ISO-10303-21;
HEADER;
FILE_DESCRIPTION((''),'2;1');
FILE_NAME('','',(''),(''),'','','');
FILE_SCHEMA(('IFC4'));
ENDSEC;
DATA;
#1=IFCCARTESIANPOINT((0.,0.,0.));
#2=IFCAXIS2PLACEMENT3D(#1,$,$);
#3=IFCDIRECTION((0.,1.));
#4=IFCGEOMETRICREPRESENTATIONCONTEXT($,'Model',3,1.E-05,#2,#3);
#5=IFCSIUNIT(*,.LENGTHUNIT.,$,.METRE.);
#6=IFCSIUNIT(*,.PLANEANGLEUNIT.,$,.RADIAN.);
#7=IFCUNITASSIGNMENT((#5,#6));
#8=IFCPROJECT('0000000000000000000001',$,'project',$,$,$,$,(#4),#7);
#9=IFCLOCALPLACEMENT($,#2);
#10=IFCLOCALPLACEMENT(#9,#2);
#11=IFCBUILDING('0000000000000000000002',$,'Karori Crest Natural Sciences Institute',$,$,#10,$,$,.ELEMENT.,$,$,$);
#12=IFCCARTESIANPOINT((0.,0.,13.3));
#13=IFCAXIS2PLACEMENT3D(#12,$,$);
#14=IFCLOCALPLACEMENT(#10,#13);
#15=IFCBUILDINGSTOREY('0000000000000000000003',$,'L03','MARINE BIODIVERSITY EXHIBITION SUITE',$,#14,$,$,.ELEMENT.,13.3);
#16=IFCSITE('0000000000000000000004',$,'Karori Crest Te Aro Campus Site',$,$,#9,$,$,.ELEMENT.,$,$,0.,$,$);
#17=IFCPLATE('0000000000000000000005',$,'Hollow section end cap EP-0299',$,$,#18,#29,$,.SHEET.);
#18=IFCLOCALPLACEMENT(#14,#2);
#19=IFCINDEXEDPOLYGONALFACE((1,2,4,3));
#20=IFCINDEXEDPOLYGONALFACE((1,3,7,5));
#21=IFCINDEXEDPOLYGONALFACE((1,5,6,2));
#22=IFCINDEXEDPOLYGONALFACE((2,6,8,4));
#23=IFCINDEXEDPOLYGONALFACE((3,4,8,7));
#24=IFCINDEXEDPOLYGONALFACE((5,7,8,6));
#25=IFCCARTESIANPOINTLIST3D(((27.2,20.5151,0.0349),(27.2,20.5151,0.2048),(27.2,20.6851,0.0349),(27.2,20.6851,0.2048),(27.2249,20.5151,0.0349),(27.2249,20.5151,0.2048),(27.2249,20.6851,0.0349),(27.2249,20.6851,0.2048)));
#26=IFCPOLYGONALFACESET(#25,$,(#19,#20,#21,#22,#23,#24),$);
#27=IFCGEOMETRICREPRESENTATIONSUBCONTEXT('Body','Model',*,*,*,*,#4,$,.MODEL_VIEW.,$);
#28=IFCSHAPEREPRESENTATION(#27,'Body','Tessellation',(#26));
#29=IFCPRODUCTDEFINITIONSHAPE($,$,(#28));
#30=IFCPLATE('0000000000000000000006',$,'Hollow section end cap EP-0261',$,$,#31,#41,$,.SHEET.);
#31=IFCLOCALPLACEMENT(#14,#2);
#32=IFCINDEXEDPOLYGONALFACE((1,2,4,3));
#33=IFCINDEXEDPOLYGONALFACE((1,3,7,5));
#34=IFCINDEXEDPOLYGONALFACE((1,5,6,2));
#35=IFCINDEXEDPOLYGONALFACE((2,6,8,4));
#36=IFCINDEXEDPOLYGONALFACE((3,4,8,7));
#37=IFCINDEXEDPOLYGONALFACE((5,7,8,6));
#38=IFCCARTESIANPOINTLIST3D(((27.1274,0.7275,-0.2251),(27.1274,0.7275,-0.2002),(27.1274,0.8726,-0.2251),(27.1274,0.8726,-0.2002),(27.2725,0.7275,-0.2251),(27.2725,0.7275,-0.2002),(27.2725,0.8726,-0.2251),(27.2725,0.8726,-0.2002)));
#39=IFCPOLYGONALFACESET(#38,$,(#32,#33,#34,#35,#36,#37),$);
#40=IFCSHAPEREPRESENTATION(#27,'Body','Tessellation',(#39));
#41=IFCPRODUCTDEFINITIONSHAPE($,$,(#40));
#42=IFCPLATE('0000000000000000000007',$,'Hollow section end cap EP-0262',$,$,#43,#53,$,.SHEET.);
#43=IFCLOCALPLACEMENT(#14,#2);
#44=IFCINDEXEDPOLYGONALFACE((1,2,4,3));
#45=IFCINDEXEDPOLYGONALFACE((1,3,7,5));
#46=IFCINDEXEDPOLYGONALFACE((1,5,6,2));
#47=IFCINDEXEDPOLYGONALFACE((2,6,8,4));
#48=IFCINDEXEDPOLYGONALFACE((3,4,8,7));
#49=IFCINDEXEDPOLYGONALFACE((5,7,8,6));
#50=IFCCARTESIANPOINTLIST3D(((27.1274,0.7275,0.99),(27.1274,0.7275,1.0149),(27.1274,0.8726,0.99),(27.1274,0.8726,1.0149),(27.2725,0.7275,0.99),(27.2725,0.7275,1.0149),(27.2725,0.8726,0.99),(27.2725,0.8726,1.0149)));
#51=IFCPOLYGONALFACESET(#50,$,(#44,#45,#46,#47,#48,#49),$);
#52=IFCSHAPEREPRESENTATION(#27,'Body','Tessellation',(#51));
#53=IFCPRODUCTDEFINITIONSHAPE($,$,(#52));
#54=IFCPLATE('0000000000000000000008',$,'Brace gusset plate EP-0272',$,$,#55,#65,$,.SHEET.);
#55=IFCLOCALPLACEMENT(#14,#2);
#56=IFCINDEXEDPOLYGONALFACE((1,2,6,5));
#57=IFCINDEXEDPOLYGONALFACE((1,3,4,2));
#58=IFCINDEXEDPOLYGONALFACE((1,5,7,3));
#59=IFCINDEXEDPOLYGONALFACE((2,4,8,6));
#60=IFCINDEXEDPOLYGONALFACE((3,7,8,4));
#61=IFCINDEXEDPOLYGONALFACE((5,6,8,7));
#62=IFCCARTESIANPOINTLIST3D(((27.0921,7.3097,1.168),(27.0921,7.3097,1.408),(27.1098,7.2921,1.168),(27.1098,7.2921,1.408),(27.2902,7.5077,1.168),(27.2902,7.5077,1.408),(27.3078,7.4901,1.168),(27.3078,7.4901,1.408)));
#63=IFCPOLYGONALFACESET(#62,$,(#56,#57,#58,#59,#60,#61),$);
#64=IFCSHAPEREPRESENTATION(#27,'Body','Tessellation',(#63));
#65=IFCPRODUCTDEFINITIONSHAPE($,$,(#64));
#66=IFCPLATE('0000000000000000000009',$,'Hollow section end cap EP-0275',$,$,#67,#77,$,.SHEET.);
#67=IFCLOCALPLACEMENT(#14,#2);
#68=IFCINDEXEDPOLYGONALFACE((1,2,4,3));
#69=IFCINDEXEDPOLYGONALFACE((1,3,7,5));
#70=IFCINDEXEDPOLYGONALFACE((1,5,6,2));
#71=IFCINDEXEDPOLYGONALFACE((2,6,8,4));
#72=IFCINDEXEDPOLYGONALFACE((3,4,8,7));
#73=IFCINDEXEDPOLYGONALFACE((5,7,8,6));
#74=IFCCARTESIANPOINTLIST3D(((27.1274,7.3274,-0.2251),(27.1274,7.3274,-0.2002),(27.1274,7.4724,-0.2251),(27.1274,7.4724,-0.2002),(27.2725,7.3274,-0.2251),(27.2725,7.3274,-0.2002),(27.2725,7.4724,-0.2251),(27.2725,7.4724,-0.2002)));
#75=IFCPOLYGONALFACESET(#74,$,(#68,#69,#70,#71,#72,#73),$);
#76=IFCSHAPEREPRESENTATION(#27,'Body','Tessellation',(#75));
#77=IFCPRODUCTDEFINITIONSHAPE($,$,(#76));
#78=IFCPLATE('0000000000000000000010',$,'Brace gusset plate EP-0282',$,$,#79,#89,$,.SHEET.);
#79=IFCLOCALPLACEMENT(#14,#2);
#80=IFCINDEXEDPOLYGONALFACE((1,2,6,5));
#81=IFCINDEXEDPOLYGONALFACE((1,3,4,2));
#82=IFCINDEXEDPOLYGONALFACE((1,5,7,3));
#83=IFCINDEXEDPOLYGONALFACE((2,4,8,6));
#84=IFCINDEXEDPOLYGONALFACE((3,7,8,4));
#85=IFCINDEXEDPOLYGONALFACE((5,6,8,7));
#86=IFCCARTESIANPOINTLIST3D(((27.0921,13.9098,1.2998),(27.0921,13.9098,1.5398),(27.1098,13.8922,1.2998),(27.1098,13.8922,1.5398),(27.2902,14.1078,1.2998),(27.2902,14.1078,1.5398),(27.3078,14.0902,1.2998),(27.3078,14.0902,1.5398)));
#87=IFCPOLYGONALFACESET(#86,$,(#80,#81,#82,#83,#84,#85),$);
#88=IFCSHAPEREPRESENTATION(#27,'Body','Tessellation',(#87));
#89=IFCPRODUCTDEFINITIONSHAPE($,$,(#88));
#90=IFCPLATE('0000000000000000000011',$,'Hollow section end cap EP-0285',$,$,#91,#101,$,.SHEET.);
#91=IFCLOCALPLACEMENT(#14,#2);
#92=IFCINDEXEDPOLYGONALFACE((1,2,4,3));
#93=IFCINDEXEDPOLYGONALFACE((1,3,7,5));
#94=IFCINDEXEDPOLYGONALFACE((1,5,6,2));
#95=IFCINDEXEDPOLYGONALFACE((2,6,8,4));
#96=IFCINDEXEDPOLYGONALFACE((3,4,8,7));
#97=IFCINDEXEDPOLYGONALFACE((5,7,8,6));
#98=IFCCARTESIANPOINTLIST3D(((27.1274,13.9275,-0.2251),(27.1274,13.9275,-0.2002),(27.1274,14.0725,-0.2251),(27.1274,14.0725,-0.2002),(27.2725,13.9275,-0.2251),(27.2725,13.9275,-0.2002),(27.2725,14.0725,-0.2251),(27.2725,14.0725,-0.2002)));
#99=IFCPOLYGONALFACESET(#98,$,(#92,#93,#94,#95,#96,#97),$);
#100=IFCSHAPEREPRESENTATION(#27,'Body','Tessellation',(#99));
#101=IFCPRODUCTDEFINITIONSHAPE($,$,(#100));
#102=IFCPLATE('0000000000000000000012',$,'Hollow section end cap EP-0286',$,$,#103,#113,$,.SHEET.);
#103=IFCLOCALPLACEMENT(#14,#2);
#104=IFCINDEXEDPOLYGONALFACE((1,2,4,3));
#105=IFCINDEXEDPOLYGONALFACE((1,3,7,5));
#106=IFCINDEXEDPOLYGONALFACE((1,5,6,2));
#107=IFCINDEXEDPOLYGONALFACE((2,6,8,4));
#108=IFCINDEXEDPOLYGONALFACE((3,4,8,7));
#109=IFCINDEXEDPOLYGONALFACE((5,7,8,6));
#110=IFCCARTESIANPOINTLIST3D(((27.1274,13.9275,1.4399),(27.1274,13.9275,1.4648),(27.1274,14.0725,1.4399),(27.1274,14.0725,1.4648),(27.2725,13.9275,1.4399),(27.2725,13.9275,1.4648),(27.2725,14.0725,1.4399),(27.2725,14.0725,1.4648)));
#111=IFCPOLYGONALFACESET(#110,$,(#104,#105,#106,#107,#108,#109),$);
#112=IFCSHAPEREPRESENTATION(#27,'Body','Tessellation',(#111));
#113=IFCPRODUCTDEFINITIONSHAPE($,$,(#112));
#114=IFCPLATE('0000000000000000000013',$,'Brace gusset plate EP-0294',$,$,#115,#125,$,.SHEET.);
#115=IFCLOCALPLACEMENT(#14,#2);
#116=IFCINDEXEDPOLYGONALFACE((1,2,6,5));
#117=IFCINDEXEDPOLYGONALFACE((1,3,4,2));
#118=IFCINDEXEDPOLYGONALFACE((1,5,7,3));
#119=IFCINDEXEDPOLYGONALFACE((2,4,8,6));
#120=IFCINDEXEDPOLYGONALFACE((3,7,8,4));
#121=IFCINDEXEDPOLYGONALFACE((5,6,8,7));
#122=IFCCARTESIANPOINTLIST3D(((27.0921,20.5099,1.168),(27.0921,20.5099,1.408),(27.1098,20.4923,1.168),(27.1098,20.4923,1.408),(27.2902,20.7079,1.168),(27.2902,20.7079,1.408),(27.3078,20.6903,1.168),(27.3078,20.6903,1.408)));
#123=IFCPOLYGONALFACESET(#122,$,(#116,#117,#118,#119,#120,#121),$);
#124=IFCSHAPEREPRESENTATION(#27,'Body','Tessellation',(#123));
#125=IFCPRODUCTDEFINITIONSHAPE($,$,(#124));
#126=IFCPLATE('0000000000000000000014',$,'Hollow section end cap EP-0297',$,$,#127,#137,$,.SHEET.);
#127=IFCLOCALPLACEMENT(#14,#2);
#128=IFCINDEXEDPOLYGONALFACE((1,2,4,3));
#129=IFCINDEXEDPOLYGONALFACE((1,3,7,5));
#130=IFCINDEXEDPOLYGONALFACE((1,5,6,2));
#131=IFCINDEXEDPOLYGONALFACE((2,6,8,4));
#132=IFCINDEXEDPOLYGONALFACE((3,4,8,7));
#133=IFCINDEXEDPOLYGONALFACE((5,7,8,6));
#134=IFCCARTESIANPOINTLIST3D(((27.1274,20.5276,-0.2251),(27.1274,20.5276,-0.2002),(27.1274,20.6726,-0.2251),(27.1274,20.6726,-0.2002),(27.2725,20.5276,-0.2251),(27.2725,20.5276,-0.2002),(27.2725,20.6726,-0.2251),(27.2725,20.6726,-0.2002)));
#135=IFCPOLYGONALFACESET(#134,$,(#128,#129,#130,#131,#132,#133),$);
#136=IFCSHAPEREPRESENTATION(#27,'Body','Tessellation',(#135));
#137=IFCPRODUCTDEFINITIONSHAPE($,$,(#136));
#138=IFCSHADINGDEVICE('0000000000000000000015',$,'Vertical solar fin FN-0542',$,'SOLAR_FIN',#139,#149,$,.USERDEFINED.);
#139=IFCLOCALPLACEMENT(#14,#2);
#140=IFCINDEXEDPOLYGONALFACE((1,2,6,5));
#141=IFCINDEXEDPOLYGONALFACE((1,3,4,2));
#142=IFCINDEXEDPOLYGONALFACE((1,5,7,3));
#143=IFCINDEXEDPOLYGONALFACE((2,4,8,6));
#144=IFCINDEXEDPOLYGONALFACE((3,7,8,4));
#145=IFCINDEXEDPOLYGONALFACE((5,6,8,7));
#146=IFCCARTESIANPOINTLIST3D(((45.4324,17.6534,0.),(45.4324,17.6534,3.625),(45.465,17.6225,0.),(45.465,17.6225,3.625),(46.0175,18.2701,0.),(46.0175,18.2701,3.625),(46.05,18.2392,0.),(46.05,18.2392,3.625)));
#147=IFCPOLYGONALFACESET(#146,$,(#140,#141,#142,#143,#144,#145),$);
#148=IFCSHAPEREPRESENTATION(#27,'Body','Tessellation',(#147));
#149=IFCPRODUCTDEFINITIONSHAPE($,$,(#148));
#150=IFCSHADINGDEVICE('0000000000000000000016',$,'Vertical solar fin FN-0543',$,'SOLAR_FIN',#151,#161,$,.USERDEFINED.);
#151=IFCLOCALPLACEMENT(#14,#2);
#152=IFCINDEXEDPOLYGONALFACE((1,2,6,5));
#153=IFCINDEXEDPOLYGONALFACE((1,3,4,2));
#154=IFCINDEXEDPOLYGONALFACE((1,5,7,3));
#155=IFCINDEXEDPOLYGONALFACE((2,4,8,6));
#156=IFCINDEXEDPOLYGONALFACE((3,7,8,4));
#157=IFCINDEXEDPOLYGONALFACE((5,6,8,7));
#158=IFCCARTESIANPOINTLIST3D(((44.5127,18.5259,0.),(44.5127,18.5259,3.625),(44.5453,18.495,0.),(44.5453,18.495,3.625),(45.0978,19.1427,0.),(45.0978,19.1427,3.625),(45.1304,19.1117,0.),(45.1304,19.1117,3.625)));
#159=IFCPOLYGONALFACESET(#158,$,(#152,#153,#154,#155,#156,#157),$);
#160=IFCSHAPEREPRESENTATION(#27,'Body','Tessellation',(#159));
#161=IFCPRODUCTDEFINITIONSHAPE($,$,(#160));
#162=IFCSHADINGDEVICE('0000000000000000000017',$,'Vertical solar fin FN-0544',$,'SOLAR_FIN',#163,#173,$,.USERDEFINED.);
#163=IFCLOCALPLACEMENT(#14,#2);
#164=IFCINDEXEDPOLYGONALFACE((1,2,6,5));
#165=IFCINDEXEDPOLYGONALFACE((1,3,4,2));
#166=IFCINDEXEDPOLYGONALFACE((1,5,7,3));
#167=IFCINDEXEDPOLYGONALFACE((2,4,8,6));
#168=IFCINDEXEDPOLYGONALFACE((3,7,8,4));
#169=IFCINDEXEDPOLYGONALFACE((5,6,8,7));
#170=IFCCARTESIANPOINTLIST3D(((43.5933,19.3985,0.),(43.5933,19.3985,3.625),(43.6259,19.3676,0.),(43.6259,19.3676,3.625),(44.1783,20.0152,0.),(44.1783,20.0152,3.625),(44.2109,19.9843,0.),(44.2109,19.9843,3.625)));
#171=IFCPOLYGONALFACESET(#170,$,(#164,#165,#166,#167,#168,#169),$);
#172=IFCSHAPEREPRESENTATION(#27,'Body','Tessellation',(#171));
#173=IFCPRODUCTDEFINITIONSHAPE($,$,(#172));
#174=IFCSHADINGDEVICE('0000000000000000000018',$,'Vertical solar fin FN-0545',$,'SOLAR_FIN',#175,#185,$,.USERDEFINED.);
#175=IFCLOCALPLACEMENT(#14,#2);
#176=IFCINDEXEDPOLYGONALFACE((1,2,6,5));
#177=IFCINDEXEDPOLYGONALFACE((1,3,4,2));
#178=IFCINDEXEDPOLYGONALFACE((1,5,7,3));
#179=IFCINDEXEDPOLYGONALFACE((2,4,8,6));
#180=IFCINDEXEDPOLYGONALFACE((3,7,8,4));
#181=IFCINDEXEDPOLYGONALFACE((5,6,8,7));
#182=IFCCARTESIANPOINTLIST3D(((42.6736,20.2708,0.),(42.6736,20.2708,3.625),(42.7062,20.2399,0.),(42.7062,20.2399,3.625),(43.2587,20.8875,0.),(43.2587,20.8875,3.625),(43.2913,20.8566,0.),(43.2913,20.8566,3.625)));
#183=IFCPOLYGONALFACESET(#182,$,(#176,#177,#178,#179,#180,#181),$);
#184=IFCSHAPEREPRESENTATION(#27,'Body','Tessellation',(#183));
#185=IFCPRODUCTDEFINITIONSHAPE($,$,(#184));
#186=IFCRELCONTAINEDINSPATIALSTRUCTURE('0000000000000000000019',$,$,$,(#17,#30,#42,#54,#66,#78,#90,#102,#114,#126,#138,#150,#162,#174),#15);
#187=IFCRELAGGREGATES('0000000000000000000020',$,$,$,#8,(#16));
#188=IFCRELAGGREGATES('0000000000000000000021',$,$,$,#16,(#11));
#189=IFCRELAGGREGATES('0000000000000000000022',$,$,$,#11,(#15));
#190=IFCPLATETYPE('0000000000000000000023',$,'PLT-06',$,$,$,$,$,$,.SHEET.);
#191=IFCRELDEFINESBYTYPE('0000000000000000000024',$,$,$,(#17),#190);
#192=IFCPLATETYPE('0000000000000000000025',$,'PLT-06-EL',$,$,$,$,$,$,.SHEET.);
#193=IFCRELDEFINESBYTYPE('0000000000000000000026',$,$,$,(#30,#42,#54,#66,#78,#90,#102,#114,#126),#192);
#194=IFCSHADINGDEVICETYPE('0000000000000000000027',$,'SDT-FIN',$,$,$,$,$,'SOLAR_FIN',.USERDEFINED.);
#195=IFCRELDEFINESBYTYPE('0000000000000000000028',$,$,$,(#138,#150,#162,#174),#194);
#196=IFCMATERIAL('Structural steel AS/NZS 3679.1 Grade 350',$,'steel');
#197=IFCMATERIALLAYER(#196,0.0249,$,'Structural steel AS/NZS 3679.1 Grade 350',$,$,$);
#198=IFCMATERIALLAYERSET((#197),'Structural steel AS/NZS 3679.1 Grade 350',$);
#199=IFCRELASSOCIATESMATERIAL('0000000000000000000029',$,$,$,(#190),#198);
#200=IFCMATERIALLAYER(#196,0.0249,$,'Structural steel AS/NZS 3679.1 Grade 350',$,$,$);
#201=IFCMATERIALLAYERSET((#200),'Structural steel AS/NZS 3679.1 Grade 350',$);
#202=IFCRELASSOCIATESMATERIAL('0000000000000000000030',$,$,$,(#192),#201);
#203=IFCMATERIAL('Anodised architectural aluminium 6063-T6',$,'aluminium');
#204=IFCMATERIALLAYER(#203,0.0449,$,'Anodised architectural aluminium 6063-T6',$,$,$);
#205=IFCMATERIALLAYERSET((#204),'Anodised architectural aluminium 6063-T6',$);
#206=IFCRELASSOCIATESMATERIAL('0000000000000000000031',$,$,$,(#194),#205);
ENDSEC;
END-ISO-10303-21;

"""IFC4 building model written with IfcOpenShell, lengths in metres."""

from ifc_helpers import new_model, si_unit, direction, frame, origin, origin_2d, place, context, subcontext, project, spatial, rectangle, extrude, material, layer, layer_set, type_object, element, save


model = new_model("IFC4")

# Units and contexts
model_context = context("Model", 3, precision=1e-05, world=origin(), true_north=direction((0.0, 1.0)))
body_context = subcontext(model_context, "Body", "Model", "MODEL_VIEW")
ifc_project = project(units=[si_unit("LENGTHUNIT", "METRE"), si_unit("PLANEANGLEUNIT", "RADIAN")], contexts=[model_context])

# Site, building, storey
site_placement = place(None, origin())
site = spatial("IfcSite", under=ifc_project, at=site_placement, Name="Karori Crest Te Aro Campus Site", CompositionType="ELEMENT", RefElevation=0.0)
building_placement = place(site_placement, origin())
building = spatial("IfcBuilding", under=site, at=building_placement, Name="Karori Crest Natural Sciences Institute", CompositionType="ELEMENT")
storey_placement = place(building_placement, frame((0.0, 0.0, 13.3)))
storey = spatial("IfcBuildingStorey", under=building, at=storey_placement, Name="L03", Description="MARINE BIODIVERSITY EXHIBITION SUITE", CompositionType="ELEMENT", Elevation=13.3)

# Shared definitions
ifc_material_1 = material(Name="Anodised architectural aluminium 6063-T6", Category="aluminium")

# Plates
ifc_material_2 = material(Name="Structural steel AS/NZS 3679.1 Grade 350", Category="steel")
ifc_layer_1 = layer(ifc_material_2, 0.0249, Name="Structural steel AS/NZS 3679.1 Grade 350")
ifc_layer_set_1 = layer_set([ifc_layer_1], Name="Structural steel AS/NZS 3679.1 Grade 350")
plate_type_1 = type_object("IfcPlateType", Name="PLT-06", PredefinedType="SHEET", material=ifc_layer_set_1)
for number, where, z_axis, x_axis, name in (
    (1, (27.2124, 20.6001, 0.0349), (0.0, 0.0, 1.0), (1.0, 0.0, 0.0), "Hollow section end cap EP-0299"),
):
    element("IfcPlate", number, at=place(storey_placement, frame(where, z_axis=z_axis, x_axis=x_axis)), inside=storey, type_object=plate_type_1, Name=name, PredefinedType="SHEET", context=body_context, shape_type="SweptSolid", body=[
        extrude(rectangle(XDim=0.0249, YDim=0.1699, at=origin_2d()), origin(), (0.0, 0.0, 1.0), 0.1699),
    ])
ifc_layer_2 = layer(ifc_material_2, 0.0249, Name="Structural steel AS/NZS 3679.1 Grade 350")
ifc_layer_set_2 = layer_set([ifc_layer_2], Name="Structural steel AS/NZS 3679.1 Grade 350")
plate_type_2 = type_object("IfcPlateType", Name="PLT-06-EL", PredefinedType="SHEET", material=ifc_layer_set_2)
for number, where, z_axis, x_axis, name in (
    (2, (27.2, 0.8, -0.2251), (0.0, 0.0, 1.0), (1.0, 0.0, 0.0), "Hollow section end cap EP-0261"),
    (3, (27.2, 0.8, 0.99), (0.0, 0.0, 1.0), (1.0, 0.0, 0.0), "Hollow section end cap EP-0262"),
):
    element("IfcPlate", number, at=place(storey_placement, frame(where, z_axis=z_axis, x_axis=x_axis)), inside=storey, type_object=plate_type_2, Name=name, PredefinedType="SHEET", context=body_context, shape_type="SweptSolid", body=[
        extrude(rectangle(XDim=0.145, YDim=0.145, at=origin_2d()), origin(), (0.0, 0.0, 1.0), 0.0249),
    ])
plate_1_placement = place(storey_placement, frame((27.2, 7.3999, 1.168), z_axis=(0.0, 0.0, 1.0), x_axis=(0.707107, 0.707107, 0.0)))
element("IfcPlate", 4, at=plate_1_placement, inside=storey, type_object=plate_type_2, Name="Brace gusset plate EP-0272", PredefinedType="SHEET", context=body_context, shape_type="SweptSolid", body=[
    extrude(rectangle(XDim=0.28, YDim=0.0249, at=origin_2d()), origin(), (0.0, 0.0, 1.0), 0.24),
])
plate_2_placement = place(storey_placement, frame((27.2, 7.3999, -0.2251), z_axis=(0.0, 0.0, 1.0), x_axis=(1.0, 0.0, 0.0)))
element("IfcPlate", 5, at=plate_2_placement, inside=storey, type_object=plate_type_2, Name="Hollow section end cap EP-0275", PredefinedType="SHEET", context=body_context, shape_type="SweptSolid", body=[
    extrude(rectangle(XDim=0.145, YDim=0.145, at=origin_2d()), origin(), (0.0, 0.0, 1.0), 0.0249),
])
plate_3_placement = place(storey_placement, frame((27.2, 14.0, 1.2998), z_axis=(0.0, 0.0, 1.0), x_axis=(0.707107, 0.707107, 0.0)))
element("IfcPlate", 6, at=plate_3_placement, inside=storey, type_object=plate_type_2, Name="Brace gusset plate EP-0282", PredefinedType="SHEET", context=body_context, shape_type="SweptSolid", body=[
    extrude(rectangle(XDim=0.28, YDim=0.0249, at=origin_2d()), origin(), (0.0, 0.0, 1.0), 0.24),
])
for number, where, z_axis, x_axis, name in (
    (7, (27.2, 14.0, -0.2251), (0.0, 0.0, 1.0), (1.0, 0.0, 0.0), "Hollow section end cap EP-0285"),
    (8, (27.2, 14.0, 1.4399), (0.0, 0.0, 1.0), (1.0, 0.0, 0.0), "Hollow section end cap EP-0286"),
):
    element("IfcPlate", number, at=place(storey_placement, frame(where, z_axis=z_axis, x_axis=x_axis)), inside=storey, type_object=plate_type_2, Name=name, PredefinedType="SHEET", context=body_context, shape_type="SweptSolid", body=[
        extrude(rectangle(XDim=0.145, YDim=0.145, at=origin_2d()), origin(), (0.0, 0.0, 1.0), 0.0249),
    ])
plate_4_placement = place(storey_placement, frame((27.2, 20.6001, 1.168), z_axis=(0.0, 0.0, 1.0), x_axis=(0.707107, 0.707107, 0.0)))
element("IfcPlate", 9, at=plate_4_placement, inside=storey, type_object=plate_type_2, Name="Brace gusset plate EP-0294", PredefinedType="SHEET", context=body_context, shape_type="SweptSolid", body=[
    extrude(rectangle(XDim=0.28, YDim=0.0249, at=origin_2d()), origin(), (0.0, 0.0, 1.0), 0.24),
])
plate_5_placement = place(storey_placement, frame((27.2, 20.6001, -0.2251), z_axis=(0.0, 0.0, 1.0), x_axis=(1.0, 0.0, 0.0)))
element("IfcPlate", 10, at=plate_5_placement, inside=storey, type_object=plate_type_2, Name="Hollow section end cap EP-0297", PredefinedType="SHEET", context=body_context, shape_type="SweptSolid", body=[
    extrude(rectangle(XDim=0.145, YDim=0.145, at=origin_2d()), origin(), (0.0, 0.0, 1.0), 0.0249),
])

# Shading devices
ifc_layer_3 = layer(ifc_material_1, 0.0449, Name="Anodised architectural aluminium 6063-T6")
ifc_layer_set_3 = layer_set([ifc_layer_3], Name="Anodised architectural aluminium 6063-T6")
shading_device_type = type_object("IfcShadingDeviceType", Name="SDT-FIN", ElementType="SOLAR_FIN", PredefinedType="USERDEFINED", material=ifc_layer_set_3)
for number, where, z_axis, x_axis, name in (
    (11, (45.7412, 17.9463, 0.0), (0.0, 0.0, 1.0), (-0.688252, -0.725472, 0.0), "Vertical solar fin FN-0542"),
    (12, (44.8215, 18.8188, 0.0), (0.0, 0.0, 1.0), (-0.688252, -0.725472, 0.0), "Vertical solar fin FN-0543"),
    (13, (43.9021, 19.6914, 0.0), (0.0, 0.0, 1.0), (-0.688252, -0.725472, 0.0), "Vertical solar fin FN-0544"),
    (14, (42.9824, 20.5637, 0.0), (0.0, 0.0, 1.0), (-0.688252, -0.725472, 0.0), "Vertical solar fin FN-0545"),
):
    element("IfcShadingDevice", number, at=place(storey_placement, frame(where, z_axis=z_axis, x_axis=x_axis)), inside=storey, type_object=shading_device_type, Name=name, ObjectType="SOLAR_FIN", PredefinedType="USERDEFINED", context=body_context, shape_type="SweptSolid", body=[
        extrude(rectangle(XDim=0.8501, YDim=0.0449, at=origin_2d()), origin(), (0.0, 0.0, 1.0), 3.625),
    ])

save(model, "model.ifc")
